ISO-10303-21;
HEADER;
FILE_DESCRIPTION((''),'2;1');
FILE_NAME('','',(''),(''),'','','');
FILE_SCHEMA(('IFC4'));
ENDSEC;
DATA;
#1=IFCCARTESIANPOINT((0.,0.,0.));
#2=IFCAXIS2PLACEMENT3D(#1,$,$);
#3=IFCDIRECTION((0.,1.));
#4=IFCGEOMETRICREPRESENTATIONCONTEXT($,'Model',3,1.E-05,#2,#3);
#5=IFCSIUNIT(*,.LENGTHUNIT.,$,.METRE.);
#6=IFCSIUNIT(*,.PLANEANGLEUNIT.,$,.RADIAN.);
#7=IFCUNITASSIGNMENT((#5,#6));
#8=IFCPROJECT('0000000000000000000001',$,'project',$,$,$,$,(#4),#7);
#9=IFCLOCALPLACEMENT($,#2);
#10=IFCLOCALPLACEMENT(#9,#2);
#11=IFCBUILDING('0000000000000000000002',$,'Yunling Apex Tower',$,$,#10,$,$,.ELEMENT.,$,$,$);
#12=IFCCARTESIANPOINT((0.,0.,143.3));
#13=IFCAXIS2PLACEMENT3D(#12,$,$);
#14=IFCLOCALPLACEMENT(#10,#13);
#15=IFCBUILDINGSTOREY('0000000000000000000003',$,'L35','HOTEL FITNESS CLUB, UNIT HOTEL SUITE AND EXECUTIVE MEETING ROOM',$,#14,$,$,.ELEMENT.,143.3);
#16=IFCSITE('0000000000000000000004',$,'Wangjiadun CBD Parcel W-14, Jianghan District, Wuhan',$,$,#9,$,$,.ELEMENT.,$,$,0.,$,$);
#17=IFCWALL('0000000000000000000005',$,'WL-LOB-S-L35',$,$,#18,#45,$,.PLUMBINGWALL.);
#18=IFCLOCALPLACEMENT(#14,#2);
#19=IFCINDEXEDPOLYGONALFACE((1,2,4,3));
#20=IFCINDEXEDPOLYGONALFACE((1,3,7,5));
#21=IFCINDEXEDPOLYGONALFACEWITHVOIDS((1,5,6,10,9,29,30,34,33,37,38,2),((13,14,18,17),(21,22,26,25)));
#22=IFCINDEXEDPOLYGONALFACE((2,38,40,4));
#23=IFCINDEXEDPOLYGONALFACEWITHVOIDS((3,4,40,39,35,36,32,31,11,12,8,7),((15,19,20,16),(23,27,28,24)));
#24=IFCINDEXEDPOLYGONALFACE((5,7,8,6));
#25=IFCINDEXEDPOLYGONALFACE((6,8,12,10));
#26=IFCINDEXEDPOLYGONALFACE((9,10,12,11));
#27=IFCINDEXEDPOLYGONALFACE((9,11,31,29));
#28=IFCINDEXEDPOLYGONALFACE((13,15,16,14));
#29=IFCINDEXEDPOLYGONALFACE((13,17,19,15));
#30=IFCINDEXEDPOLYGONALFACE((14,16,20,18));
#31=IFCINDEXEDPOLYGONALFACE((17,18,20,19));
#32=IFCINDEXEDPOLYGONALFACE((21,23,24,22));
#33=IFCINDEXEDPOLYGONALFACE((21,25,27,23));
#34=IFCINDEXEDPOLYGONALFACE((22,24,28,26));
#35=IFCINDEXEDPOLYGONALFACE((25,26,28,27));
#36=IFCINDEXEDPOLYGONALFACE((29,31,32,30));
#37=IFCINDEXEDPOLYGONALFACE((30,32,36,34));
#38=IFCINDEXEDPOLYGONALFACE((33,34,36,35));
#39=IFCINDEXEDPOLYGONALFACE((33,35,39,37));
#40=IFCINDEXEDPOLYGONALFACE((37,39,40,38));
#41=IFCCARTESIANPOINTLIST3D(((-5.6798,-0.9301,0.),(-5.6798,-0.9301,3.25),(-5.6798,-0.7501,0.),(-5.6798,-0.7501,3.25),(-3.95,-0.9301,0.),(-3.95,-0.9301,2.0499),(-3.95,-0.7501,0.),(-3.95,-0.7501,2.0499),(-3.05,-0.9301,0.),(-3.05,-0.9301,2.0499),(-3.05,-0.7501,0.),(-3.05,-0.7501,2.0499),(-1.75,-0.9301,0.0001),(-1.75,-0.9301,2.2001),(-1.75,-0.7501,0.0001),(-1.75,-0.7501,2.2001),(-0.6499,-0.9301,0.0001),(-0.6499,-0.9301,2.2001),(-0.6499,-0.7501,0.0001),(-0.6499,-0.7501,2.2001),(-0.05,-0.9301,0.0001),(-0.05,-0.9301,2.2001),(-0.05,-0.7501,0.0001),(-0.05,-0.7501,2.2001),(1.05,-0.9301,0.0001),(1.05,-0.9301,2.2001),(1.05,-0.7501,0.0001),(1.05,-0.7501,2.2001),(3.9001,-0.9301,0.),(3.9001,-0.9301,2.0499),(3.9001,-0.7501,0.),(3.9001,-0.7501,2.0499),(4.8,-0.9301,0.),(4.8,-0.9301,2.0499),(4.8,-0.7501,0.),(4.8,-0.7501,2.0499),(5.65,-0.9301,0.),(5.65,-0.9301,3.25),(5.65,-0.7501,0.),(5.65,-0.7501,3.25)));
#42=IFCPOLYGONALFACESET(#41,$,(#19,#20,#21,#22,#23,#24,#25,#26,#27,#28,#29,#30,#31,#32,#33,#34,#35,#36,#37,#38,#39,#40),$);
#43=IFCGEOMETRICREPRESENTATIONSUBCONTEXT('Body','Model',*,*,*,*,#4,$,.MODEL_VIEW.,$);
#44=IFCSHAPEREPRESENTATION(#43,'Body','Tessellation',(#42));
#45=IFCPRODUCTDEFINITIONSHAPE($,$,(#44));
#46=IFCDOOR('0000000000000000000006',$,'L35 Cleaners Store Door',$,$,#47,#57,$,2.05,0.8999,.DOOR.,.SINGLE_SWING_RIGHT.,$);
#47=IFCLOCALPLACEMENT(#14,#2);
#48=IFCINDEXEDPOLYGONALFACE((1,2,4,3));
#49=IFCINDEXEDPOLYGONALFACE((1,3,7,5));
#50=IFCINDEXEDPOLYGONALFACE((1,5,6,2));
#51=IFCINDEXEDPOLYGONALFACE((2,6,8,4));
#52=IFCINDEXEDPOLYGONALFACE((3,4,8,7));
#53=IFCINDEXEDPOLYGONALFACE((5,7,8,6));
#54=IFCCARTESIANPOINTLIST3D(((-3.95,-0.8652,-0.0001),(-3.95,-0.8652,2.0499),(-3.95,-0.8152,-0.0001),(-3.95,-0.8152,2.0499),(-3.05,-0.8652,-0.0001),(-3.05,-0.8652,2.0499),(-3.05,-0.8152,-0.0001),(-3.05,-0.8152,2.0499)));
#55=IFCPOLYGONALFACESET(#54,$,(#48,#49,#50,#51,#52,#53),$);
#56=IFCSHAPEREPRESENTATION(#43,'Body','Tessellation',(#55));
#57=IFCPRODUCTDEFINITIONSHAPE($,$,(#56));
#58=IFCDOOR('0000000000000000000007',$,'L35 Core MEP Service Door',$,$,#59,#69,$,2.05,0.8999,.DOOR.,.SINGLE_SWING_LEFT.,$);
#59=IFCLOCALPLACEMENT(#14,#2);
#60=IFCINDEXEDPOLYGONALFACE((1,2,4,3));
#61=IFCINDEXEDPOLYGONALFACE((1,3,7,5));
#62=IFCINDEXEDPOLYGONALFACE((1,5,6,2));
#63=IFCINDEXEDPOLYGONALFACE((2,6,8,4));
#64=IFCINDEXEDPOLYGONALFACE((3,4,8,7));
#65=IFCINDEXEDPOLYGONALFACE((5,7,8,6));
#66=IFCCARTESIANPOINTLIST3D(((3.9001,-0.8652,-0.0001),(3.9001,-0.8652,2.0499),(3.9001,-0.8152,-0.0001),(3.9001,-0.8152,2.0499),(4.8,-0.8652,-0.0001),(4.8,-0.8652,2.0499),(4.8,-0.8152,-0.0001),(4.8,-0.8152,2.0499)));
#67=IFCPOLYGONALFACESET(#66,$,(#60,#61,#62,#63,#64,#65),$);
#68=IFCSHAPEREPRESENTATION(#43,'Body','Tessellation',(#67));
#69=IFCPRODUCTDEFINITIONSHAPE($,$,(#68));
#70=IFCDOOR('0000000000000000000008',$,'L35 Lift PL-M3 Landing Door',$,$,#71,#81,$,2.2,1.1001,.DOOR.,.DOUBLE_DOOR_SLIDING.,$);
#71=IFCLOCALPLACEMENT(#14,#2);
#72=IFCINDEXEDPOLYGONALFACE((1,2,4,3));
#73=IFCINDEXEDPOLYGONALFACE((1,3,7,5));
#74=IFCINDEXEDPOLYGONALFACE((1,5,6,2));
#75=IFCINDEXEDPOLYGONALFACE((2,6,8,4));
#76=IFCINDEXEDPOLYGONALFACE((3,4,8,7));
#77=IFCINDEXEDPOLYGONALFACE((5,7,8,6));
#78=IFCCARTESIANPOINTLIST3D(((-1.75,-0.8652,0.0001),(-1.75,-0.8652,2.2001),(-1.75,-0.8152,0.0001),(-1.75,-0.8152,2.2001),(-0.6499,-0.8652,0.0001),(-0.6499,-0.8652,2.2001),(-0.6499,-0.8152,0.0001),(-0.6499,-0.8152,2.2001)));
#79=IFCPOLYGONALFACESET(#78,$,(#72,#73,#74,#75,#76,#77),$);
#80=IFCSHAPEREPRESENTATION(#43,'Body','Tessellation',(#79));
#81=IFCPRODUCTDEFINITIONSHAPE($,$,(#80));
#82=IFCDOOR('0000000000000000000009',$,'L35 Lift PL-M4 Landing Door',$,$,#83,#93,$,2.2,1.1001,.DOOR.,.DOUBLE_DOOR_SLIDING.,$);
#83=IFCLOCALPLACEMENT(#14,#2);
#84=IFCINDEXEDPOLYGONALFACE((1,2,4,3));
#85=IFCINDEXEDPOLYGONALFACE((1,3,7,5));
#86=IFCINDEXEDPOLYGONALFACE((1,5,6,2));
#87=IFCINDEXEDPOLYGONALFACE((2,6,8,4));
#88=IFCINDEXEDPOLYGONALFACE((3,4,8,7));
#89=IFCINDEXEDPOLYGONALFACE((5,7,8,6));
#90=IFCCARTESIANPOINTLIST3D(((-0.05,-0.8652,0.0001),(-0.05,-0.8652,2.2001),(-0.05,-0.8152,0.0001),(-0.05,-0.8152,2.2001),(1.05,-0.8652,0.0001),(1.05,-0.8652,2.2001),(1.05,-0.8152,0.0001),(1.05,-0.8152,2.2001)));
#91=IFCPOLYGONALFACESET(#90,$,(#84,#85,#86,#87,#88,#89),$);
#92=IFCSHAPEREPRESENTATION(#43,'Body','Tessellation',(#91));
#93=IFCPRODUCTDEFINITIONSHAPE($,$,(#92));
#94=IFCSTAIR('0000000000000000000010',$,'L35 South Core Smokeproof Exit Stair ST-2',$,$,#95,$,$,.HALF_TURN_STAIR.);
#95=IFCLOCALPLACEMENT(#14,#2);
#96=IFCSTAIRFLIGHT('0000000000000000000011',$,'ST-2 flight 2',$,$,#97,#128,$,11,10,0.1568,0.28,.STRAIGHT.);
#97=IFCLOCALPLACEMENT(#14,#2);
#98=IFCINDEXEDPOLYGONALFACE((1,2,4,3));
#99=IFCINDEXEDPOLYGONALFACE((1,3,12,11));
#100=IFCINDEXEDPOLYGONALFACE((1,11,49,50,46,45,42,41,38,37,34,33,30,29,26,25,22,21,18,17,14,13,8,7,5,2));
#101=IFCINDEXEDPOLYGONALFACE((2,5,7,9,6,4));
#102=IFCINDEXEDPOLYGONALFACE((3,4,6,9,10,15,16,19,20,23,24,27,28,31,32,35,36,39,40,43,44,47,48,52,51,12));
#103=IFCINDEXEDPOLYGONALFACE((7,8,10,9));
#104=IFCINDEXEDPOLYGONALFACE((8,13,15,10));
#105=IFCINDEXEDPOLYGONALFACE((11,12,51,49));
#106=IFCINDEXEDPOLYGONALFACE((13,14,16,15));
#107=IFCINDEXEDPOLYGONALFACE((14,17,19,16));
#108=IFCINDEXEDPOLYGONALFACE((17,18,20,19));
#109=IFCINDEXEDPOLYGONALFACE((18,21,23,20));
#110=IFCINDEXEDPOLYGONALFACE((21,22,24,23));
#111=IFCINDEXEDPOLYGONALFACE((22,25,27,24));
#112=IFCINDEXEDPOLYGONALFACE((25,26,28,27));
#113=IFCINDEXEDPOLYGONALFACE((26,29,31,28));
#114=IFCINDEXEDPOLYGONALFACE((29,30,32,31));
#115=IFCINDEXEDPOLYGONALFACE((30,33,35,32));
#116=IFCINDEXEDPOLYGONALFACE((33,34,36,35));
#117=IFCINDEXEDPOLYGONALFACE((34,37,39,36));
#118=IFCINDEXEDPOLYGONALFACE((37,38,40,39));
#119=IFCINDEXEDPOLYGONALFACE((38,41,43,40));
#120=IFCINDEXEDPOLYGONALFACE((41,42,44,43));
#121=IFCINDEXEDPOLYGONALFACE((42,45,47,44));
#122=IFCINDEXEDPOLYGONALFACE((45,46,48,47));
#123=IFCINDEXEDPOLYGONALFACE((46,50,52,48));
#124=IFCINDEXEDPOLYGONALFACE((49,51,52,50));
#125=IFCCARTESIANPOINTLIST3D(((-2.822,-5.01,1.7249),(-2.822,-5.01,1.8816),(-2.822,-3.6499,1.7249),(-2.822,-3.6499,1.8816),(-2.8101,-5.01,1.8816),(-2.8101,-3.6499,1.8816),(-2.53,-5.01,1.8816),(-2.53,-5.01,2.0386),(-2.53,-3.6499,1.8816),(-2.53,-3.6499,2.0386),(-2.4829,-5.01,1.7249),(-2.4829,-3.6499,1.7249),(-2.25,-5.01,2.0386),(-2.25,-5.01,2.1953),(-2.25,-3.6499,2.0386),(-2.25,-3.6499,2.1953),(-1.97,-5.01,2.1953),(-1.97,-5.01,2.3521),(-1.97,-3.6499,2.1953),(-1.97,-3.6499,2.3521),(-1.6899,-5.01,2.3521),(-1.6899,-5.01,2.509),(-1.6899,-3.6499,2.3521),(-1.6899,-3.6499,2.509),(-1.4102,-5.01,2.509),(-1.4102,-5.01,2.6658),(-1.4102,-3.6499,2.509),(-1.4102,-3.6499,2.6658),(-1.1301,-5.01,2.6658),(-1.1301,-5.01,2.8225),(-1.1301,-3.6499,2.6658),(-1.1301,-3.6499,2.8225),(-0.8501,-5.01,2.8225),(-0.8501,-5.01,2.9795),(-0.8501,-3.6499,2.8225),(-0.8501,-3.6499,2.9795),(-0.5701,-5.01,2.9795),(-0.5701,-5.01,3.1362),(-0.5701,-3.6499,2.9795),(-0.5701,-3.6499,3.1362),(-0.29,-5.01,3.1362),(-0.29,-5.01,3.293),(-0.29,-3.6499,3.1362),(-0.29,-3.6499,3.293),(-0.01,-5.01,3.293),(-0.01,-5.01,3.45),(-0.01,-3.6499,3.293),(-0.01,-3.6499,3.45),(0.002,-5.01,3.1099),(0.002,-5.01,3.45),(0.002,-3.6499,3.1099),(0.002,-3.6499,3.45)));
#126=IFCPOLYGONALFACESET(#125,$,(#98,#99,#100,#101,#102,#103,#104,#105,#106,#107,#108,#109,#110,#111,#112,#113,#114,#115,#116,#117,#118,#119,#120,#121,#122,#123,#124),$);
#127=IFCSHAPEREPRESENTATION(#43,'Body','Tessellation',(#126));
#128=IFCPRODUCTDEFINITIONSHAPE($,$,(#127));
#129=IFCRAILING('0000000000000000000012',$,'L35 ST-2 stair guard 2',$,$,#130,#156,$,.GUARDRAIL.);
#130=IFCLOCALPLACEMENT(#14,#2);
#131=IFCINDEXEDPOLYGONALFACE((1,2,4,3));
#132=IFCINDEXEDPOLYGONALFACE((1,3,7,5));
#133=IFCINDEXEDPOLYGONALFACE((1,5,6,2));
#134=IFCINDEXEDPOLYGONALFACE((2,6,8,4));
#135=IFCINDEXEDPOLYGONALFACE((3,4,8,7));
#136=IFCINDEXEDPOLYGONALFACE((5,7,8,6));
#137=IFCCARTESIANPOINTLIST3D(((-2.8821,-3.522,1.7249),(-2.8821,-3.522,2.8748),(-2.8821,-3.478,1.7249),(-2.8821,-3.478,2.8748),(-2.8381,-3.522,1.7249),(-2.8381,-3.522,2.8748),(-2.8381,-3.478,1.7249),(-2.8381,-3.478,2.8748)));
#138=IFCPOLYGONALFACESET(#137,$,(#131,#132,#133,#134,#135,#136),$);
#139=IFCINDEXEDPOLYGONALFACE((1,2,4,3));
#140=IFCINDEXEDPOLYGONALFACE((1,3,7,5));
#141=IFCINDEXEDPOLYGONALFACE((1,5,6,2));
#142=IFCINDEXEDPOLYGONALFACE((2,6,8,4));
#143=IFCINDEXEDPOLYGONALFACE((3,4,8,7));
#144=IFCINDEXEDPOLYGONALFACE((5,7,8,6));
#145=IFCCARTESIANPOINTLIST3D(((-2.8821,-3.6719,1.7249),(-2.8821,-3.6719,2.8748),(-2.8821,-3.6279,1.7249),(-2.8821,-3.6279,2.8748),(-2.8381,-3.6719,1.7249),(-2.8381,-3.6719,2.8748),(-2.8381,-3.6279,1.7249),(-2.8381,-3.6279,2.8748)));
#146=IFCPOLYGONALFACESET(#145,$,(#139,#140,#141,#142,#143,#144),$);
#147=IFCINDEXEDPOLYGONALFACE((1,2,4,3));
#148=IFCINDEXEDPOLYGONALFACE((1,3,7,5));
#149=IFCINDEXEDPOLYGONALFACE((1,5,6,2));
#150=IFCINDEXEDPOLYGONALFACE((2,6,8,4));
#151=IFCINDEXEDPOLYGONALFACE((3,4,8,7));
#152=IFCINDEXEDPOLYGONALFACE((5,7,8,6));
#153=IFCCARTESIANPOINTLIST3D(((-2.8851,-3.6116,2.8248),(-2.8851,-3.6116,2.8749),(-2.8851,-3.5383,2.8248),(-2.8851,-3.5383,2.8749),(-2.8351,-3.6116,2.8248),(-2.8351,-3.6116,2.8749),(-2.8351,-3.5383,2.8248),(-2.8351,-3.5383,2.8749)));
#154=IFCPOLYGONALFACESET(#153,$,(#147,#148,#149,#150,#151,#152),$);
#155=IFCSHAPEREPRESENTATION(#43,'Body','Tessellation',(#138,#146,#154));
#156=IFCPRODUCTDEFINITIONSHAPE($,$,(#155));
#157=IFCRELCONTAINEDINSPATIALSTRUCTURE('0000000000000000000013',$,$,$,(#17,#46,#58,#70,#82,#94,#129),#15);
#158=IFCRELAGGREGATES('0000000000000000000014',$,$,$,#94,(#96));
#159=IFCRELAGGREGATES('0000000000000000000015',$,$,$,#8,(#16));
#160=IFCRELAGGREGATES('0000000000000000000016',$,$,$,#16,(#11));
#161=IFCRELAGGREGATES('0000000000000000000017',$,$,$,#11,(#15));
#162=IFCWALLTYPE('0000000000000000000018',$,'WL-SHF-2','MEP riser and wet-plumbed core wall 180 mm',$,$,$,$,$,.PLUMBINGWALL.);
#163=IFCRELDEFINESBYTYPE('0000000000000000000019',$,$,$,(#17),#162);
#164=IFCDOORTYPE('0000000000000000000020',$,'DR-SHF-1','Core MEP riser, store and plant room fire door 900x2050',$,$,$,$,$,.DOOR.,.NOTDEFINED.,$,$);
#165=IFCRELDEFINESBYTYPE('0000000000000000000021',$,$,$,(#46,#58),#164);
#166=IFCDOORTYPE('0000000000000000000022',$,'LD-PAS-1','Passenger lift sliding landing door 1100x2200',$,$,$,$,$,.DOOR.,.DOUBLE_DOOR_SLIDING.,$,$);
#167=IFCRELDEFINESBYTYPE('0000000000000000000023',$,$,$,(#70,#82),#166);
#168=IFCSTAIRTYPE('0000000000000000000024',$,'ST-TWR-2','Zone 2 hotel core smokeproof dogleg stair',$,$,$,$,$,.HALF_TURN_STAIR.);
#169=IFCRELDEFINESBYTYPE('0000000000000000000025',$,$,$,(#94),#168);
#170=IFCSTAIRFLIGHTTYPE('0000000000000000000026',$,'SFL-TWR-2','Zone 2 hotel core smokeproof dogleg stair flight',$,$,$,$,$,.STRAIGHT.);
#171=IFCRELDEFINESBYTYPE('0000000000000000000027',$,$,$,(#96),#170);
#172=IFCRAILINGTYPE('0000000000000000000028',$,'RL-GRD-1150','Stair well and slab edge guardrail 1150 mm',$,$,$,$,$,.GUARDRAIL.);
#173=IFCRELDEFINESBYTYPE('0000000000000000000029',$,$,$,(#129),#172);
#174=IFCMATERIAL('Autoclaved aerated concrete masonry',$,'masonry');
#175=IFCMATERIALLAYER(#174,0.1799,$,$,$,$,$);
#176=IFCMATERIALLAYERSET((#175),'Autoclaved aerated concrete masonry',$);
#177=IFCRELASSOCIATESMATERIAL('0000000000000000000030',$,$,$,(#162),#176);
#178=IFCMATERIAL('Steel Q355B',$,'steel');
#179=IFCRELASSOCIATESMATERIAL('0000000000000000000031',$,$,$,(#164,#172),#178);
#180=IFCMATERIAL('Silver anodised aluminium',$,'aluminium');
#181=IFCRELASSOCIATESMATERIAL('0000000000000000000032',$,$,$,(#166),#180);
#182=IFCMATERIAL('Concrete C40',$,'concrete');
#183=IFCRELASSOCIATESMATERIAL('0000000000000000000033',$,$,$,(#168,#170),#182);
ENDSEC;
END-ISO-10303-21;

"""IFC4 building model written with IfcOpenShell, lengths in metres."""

from ifc_helpers import new_model, si_unit, direction, frame, frame_2d, origin, origin_2d, place, context, subcontext, project, spatial, polyline, rectangle, outline, extrude, material, layer, layer_set, type_object, element, fill, aggregate, save


model = new_model("IFC4")

# Units and contexts
model_context = context("Model", 3, precision=1e-05, world=origin(), true_north=direction((0.0, 1.0)))
body_context = subcontext(model_context, "Body", "Model", "MODEL_VIEW")
ifc_project = project(units=[si_unit("LENGTHUNIT", "METRE"), si_unit("PLANEANGLEUNIT", "RADIAN")], contexts=[model_context])

# Site, building, storey
site_placement = place(None, origin())
site = spatial("IfcSite", under=ifc_project, at=site_placement, Name="Wangjiadun CBD Parcel W-14, Jianghan District, Wuhan", CompositionType="ELEMENT", RefElevation=0.0)
building_placement = place(site_placement, origin())
building = spatial("IfcBuilding", under=site, at=building_placement, Name="Yunling Apex Tower", CompositionType="ELEMENT")
storey_placement = place(building_placement, frame((0.0, 0.0, 143.3)))
storey = spatial("IfcBuildingStorey", under=building, at=storey_placement, Name="L35", Description="HOTEL FITNESS CLUB, UNIT HOTEL SUITE AND EXECUTIVE MEETING ROOM", CompositionType="ELEMENT", Elevation=143.3)

# Shared definitions
ifc_material_1 = material(Name="Steel Q355B", Category="steel")

# Shared definitions
ifc_material_2 = material(Name="Concrete C40", Category="concrete")

# Shared definitions
ifc_material_3 = material(Name="Autoclaved aerated concrete masonry", Category="masonry")

# Wall, openings, doors
ifc_layer_1 = layer(ifc_material_3, 0.1799)
ifc_layer_set_1 = layer_set([ifc_layer_1], Name="Autoclaved aerated concrete masonry")
wall_type_1 = type_object("IfcWallType", Name="WL-SHF-2", Description="MEP riser and wet-plumbed core wall 180 mm", PredefinedType="PLUMBINGWALL", material=ifc_layer_set_1)
door_type_1 = type_object("IfcDoorType", Name="DR-SHF-1", Description="Core MEP riser, store and plant room fire door 900x2050", OperationType="NOTDEFINED", PredefinedType="DOOR", material=ifc_material_1)
ifc_material_4 = material(Name="Silver anodised aluminium", Category="aluminium")
door_type_2 = type_object("IfcDoorType", Name="LD-PAS-1", Description="Passenger lift sliding landing door 1100x2200", OperationType="DOUBLE_DOOR_SLIDING", PredefinedType="DOOR", material=ifc_material_4)
wall_1_placement = place(storey_placement, frame((-5.6799, -0.8401, 0.0), z_axis=(0.0, 0.0, 1.0), x_axis=(1.0, 0.0, 0.0)))
wall_1 = element("IfcWall", 1, at=wall_1_placement, inside=storey, type_object=wall_type_1, Name="WL-LOB-S-L35", PredefinedType="PLUMBINGWALL", context=body_context, shape_type="SweptSolid", body=[
    extrude(rectangle(XDim=11.3298, YDim=0.1799, at=frame_2d((5.665, 0.0))), origin(), (0.0, 0.0, 1.0), 3.25),
])
opening_1_placement = place(wall_1_placement, frame((1.73, 0.0, 0.0)))
opening_1 = element("IfcOpeningElement", 2, at=opening_1_placement, cuts=wall_1, PredefinedType="OPENING", context=body_context, shape_type="SweptSolid", body=[
    extrude(rectangle(XDim=0.8999, YDim=2.05, at=frame_2d((0.45, 1.0249))), frame((0.0, 0.1001, 0.0), z_axis=(0.0, -1.0, 0.0), x_axis=(1.0, 0.0, 0.0)), (0.0, 0.0, 1.0), 0.2),
])
opening_2_placement = place(wall_1_placement, frame((3.9299, 0.0, 0.0)))
opening_2 = element("IfcOpeningElement", 3, at=opening_2_placement, cuts=wall_1, PredefinedType="OPENING", context=body_context, shape_type="SweptSolid", body=[
    extrude(rectangle(XDim=1.1001, YDim=2.2, at=frame_2d((0.55, 1.1001))), frame((0.0, 0.1001, 0.0), z_axis=(0.0, -1.0, 0.0), x_axis=(1.0, 0.0, 0.0)), (0.0, 0.0, 1.0), 0.2),
])
opening_3_placement = place(wall_1_placement, frame((5.6299, 0.0, 0.0)))
opening_3 = element("IfcOpeningElement", 4, at=opening_3_placement, cuts=wall_1, PredefinedType="OPENING", context=body_context, shape_type="SweptSolid", body=[
    extrude(rectangle(XDim=1.1001, YDim=2.2, at=frame_2d((0.55, 1.1001))), frame((0.0, 0.1001, 0.0), z_axis=(0.0, -1.0, 0.0), x_axis=(1.0, 0.0, 0.0)), (0.0, 0.0, 1.0), 0.2),
])
opening_4_placement = place(wall_1_placement, frame((9.5801, 0.0, 0.0)))
opening_4 = element("IfcOpeningElement", 5, at=opening_4_placement, cuts=wall_1, PredefinedType="OPENING", context=body_context, shape_type="SweptSolid", body=[
    extrude(rectangle(XDim=0.8999, YDim=2.05, at=frame_2d((0.45, 1.0249))), frame((0.0, 0.1001, 0.0), z_axis=(0.0, -1.0, 0.0), x_axis=(1.0, 0.0, 0.0)), (0.0, 0.0, 1.0), 0.2),
])
door_1_placement = place(opening_1_placement, origin())
door_1 = element("IfcDoor", 6, at=door_1_placement, inside=storey, type_object=door_type_1, Name="L35 Cleaners Store Door", OperationType="SINGLE_SWING_RIGHT", OverallHeight=2.05, OverallWidth=0.8999, PredefinedType="DOOR", context=body_context, shape_type="SweptSolid", body=[
    extrude(rectangle(XDim=0.8999, YDim=2.05, at=frame_2d((0.45, 1.0249))), frame((0.0, 0.0249, 0.0), z_axis=(0.0, -1.0, 0.0), x_axis=(1.0, 0.0, 0.0)), (0.0, 0.0, 1.0), 0.05),
])
fill(opening_1, door_1)
door_2_placement = place(opening_4_placement, origin())
door_2 = element("IfcDoor", 7, at=door_2_placement, inside=storey, type_object=door_type_1, Name="L35 Core MEP Service Door", OperationType="SINGLE_SWING_LEFT", OverallHeight=2.05, OverallWidth=0.8999, PredefinedType="DOOR", context=body_context, shape_type="SweptSolid", body=[
    extrude(rectangle(XDim=0.8999, YDim=2.05, at=frame_2d((0.45, 1.0249))), frame((0.0, 0.0249, 0.0), z_axis=(0.0, -1.0, 0.0), x_axis=(1.0, 0.0, 0.0)), (0.0, 0.0, 1.0), 0.05),
])
fill(opening_4, door_2)
door_3_placement = place(opening_2_placement, origin())
door_3 = element("IfcDoor", 8, at=door_3_placement, inside=storey, type_object=door_type_2, Name="L35 Lift PL-M3 Landing Door", OperationType="DOUBLE_DOOR_SLIDING", OverallHeight=2.2, OverallWidth=1.1001, PredefinedType="DOOR", context=body_context, shape_type="SweptSolid", body=[
    extrude(rectangle(XDim=1.1001, YDim=2.2, at=frame_2d((0.55, 1.1001))), frame((0.0, 0.0249, 0.0), z_axis=(0.0, -1.0, 0.0), x_axis=(1.0, 0.0, 0.0)), (0.0, 0.0, 1.0), 0.05),
])
fill(opening_2, door_3)
door_4_placement = place(opening_3_placement, origin())
door_4 = element("IfcDoor", 9, at=door_4_placement, inside=storey, type_object=door_type_2, Name="L35 Lift PL-M4 Landing Door", OperationType="DOUBLE_DOOR_SLIDING", OverallHeight=2.2, OverallWidth=1.1001, PredefinedType="DOOR", context=body_context, shape_type="SweptSolid", body=[
    extrude(rectangle(XDim=1.1001, YDim=2.2, at=frame_2d((0.55, 1.1001))), frame((0.0, 0.0249, 0.0), z_axis=(0.0, -1.0, 0.0), x_axis=(1.0, 0.0, 0.0)), (0.0, 0.0, 1.0), 0.05),
])
fill(opening_3, door_4)

# Stair, stair flight
stair_type = type_object("IfcStairType", Name="ST-TWR-2", Description="Zone 2 hotel core smokeproof dogleg stair", PredefinedType="HALF_TURN_STAIR", material=ifc_material_2)
stair_placement = place(storey_placement, origin())
stair = element("IfcStair", 10, at=stair_placement, inside=storey, type_object=stair_type, Name="L35 South Core Smokeproof Exit Stair ST-2", PredefinedType="HALF_TURN_STAIR")
stair_flight_type = type_object("IfcStairFlightType", Name="SFL-TWR-2", Description="Zone 2 hotel core smokeproof dogleg stair flight", PredefinedType="STRAIGHT", material=ifc_material_2)
stair_flight_placement = place(storey_placement, frame((-2.8101, -4.3301, 1.7249), z_axis=(0.0, 0.0, 1.0), x_axis=(1.0, 0.0, 0.0)))
stair_flight = element("IfcStairFlight", 11, at=stair_flight_placement, type_object=stair_flight_type, Name="ST-2 flight 2", NumberOfRisers=11, NumberOfTreads=10, PredefinedType="STRAIGHT", RiserHeight=0.1568, TreadLength=0.28, context=body_context, shape_type="SweptSolid", body=[
    extrude(outline(polyline([(-0.012, 0.0), (-0.012, 0.1567), (0.0, 0.1567), (0.28, 0.1567), (0.28, 0.3137), (0.5601, 0.3137), (0.5601, 0.4705), (0.8401, 0.4705), (0.8401, 0.6272), (1.1201, 0.6272), (1.1201, 0.7842), (1.3999, 0.7842), (1.3999, 0.9409), (1.6799, 0.9409), (1.6799, 1.0977), (1.96, 1.0977), (1.96, 1.2546), (2.24, 1.2546), (2.24, 1.4114), (2.52, 1.4114), (2.52, 1.5681), (2.8, 1.5681), (2.8, 1.7251), (2.812, 1.7251), (2.812, 1.385), (0.3271, 0.0), (-0.012, 0.0)])), frame((0.0, 0.6802, 0.0), z_axis=(0.0, -1.0, 0.0), x_axis=(1.0, 0.0, 0.0)), (0.0, 0.0, 1.0), 1.3601),
])
aggregate(stair, [stair_flight])

# Railing
railing_type = type_object("IfcRailingType", Name="RL-GRD-1150", Description="Stair well and slab edge guardrail 1150 mm", PredefinedType="GUARDRAIL", material=ifc_material_1)
railing_1_placement = place(storey_placement, frame((-2.8601, -3.5, 1.7249)))
element("IfcRailing", 12, at=railing_1_placement, inside=storey, type_object=railing_type, Name="L35 ST-2 stair guard 2", PredefinedType="GUARDRAIL", context=body_context, shape_type="SweptSolid", body=[
    extrude(rectangle(XDim=0.0439, YDim=0.0439, at=origin_2d()), origin(), (0.0, 0.0, 1.0), 1.1499),
    extrude(rectangle(XDim=0.0439, YDim=0.0439, at=origin_2d()), frame((0.0, -0.1499, 0.0)), (0.0, 0.0, 1.0), 1.1499),
    extrude(rectangle(XDim=0.05, YDim=0.05, at=origin_2d()), frame((0.0, -0.0383, 1.125), z_axis=(0.0, -1.0, 0.0), x_axis=(1.0, 0.0, 0.0)), (0.0, 0.0, 1.0), 0.0732),
])

save(model, "model.ifc")
